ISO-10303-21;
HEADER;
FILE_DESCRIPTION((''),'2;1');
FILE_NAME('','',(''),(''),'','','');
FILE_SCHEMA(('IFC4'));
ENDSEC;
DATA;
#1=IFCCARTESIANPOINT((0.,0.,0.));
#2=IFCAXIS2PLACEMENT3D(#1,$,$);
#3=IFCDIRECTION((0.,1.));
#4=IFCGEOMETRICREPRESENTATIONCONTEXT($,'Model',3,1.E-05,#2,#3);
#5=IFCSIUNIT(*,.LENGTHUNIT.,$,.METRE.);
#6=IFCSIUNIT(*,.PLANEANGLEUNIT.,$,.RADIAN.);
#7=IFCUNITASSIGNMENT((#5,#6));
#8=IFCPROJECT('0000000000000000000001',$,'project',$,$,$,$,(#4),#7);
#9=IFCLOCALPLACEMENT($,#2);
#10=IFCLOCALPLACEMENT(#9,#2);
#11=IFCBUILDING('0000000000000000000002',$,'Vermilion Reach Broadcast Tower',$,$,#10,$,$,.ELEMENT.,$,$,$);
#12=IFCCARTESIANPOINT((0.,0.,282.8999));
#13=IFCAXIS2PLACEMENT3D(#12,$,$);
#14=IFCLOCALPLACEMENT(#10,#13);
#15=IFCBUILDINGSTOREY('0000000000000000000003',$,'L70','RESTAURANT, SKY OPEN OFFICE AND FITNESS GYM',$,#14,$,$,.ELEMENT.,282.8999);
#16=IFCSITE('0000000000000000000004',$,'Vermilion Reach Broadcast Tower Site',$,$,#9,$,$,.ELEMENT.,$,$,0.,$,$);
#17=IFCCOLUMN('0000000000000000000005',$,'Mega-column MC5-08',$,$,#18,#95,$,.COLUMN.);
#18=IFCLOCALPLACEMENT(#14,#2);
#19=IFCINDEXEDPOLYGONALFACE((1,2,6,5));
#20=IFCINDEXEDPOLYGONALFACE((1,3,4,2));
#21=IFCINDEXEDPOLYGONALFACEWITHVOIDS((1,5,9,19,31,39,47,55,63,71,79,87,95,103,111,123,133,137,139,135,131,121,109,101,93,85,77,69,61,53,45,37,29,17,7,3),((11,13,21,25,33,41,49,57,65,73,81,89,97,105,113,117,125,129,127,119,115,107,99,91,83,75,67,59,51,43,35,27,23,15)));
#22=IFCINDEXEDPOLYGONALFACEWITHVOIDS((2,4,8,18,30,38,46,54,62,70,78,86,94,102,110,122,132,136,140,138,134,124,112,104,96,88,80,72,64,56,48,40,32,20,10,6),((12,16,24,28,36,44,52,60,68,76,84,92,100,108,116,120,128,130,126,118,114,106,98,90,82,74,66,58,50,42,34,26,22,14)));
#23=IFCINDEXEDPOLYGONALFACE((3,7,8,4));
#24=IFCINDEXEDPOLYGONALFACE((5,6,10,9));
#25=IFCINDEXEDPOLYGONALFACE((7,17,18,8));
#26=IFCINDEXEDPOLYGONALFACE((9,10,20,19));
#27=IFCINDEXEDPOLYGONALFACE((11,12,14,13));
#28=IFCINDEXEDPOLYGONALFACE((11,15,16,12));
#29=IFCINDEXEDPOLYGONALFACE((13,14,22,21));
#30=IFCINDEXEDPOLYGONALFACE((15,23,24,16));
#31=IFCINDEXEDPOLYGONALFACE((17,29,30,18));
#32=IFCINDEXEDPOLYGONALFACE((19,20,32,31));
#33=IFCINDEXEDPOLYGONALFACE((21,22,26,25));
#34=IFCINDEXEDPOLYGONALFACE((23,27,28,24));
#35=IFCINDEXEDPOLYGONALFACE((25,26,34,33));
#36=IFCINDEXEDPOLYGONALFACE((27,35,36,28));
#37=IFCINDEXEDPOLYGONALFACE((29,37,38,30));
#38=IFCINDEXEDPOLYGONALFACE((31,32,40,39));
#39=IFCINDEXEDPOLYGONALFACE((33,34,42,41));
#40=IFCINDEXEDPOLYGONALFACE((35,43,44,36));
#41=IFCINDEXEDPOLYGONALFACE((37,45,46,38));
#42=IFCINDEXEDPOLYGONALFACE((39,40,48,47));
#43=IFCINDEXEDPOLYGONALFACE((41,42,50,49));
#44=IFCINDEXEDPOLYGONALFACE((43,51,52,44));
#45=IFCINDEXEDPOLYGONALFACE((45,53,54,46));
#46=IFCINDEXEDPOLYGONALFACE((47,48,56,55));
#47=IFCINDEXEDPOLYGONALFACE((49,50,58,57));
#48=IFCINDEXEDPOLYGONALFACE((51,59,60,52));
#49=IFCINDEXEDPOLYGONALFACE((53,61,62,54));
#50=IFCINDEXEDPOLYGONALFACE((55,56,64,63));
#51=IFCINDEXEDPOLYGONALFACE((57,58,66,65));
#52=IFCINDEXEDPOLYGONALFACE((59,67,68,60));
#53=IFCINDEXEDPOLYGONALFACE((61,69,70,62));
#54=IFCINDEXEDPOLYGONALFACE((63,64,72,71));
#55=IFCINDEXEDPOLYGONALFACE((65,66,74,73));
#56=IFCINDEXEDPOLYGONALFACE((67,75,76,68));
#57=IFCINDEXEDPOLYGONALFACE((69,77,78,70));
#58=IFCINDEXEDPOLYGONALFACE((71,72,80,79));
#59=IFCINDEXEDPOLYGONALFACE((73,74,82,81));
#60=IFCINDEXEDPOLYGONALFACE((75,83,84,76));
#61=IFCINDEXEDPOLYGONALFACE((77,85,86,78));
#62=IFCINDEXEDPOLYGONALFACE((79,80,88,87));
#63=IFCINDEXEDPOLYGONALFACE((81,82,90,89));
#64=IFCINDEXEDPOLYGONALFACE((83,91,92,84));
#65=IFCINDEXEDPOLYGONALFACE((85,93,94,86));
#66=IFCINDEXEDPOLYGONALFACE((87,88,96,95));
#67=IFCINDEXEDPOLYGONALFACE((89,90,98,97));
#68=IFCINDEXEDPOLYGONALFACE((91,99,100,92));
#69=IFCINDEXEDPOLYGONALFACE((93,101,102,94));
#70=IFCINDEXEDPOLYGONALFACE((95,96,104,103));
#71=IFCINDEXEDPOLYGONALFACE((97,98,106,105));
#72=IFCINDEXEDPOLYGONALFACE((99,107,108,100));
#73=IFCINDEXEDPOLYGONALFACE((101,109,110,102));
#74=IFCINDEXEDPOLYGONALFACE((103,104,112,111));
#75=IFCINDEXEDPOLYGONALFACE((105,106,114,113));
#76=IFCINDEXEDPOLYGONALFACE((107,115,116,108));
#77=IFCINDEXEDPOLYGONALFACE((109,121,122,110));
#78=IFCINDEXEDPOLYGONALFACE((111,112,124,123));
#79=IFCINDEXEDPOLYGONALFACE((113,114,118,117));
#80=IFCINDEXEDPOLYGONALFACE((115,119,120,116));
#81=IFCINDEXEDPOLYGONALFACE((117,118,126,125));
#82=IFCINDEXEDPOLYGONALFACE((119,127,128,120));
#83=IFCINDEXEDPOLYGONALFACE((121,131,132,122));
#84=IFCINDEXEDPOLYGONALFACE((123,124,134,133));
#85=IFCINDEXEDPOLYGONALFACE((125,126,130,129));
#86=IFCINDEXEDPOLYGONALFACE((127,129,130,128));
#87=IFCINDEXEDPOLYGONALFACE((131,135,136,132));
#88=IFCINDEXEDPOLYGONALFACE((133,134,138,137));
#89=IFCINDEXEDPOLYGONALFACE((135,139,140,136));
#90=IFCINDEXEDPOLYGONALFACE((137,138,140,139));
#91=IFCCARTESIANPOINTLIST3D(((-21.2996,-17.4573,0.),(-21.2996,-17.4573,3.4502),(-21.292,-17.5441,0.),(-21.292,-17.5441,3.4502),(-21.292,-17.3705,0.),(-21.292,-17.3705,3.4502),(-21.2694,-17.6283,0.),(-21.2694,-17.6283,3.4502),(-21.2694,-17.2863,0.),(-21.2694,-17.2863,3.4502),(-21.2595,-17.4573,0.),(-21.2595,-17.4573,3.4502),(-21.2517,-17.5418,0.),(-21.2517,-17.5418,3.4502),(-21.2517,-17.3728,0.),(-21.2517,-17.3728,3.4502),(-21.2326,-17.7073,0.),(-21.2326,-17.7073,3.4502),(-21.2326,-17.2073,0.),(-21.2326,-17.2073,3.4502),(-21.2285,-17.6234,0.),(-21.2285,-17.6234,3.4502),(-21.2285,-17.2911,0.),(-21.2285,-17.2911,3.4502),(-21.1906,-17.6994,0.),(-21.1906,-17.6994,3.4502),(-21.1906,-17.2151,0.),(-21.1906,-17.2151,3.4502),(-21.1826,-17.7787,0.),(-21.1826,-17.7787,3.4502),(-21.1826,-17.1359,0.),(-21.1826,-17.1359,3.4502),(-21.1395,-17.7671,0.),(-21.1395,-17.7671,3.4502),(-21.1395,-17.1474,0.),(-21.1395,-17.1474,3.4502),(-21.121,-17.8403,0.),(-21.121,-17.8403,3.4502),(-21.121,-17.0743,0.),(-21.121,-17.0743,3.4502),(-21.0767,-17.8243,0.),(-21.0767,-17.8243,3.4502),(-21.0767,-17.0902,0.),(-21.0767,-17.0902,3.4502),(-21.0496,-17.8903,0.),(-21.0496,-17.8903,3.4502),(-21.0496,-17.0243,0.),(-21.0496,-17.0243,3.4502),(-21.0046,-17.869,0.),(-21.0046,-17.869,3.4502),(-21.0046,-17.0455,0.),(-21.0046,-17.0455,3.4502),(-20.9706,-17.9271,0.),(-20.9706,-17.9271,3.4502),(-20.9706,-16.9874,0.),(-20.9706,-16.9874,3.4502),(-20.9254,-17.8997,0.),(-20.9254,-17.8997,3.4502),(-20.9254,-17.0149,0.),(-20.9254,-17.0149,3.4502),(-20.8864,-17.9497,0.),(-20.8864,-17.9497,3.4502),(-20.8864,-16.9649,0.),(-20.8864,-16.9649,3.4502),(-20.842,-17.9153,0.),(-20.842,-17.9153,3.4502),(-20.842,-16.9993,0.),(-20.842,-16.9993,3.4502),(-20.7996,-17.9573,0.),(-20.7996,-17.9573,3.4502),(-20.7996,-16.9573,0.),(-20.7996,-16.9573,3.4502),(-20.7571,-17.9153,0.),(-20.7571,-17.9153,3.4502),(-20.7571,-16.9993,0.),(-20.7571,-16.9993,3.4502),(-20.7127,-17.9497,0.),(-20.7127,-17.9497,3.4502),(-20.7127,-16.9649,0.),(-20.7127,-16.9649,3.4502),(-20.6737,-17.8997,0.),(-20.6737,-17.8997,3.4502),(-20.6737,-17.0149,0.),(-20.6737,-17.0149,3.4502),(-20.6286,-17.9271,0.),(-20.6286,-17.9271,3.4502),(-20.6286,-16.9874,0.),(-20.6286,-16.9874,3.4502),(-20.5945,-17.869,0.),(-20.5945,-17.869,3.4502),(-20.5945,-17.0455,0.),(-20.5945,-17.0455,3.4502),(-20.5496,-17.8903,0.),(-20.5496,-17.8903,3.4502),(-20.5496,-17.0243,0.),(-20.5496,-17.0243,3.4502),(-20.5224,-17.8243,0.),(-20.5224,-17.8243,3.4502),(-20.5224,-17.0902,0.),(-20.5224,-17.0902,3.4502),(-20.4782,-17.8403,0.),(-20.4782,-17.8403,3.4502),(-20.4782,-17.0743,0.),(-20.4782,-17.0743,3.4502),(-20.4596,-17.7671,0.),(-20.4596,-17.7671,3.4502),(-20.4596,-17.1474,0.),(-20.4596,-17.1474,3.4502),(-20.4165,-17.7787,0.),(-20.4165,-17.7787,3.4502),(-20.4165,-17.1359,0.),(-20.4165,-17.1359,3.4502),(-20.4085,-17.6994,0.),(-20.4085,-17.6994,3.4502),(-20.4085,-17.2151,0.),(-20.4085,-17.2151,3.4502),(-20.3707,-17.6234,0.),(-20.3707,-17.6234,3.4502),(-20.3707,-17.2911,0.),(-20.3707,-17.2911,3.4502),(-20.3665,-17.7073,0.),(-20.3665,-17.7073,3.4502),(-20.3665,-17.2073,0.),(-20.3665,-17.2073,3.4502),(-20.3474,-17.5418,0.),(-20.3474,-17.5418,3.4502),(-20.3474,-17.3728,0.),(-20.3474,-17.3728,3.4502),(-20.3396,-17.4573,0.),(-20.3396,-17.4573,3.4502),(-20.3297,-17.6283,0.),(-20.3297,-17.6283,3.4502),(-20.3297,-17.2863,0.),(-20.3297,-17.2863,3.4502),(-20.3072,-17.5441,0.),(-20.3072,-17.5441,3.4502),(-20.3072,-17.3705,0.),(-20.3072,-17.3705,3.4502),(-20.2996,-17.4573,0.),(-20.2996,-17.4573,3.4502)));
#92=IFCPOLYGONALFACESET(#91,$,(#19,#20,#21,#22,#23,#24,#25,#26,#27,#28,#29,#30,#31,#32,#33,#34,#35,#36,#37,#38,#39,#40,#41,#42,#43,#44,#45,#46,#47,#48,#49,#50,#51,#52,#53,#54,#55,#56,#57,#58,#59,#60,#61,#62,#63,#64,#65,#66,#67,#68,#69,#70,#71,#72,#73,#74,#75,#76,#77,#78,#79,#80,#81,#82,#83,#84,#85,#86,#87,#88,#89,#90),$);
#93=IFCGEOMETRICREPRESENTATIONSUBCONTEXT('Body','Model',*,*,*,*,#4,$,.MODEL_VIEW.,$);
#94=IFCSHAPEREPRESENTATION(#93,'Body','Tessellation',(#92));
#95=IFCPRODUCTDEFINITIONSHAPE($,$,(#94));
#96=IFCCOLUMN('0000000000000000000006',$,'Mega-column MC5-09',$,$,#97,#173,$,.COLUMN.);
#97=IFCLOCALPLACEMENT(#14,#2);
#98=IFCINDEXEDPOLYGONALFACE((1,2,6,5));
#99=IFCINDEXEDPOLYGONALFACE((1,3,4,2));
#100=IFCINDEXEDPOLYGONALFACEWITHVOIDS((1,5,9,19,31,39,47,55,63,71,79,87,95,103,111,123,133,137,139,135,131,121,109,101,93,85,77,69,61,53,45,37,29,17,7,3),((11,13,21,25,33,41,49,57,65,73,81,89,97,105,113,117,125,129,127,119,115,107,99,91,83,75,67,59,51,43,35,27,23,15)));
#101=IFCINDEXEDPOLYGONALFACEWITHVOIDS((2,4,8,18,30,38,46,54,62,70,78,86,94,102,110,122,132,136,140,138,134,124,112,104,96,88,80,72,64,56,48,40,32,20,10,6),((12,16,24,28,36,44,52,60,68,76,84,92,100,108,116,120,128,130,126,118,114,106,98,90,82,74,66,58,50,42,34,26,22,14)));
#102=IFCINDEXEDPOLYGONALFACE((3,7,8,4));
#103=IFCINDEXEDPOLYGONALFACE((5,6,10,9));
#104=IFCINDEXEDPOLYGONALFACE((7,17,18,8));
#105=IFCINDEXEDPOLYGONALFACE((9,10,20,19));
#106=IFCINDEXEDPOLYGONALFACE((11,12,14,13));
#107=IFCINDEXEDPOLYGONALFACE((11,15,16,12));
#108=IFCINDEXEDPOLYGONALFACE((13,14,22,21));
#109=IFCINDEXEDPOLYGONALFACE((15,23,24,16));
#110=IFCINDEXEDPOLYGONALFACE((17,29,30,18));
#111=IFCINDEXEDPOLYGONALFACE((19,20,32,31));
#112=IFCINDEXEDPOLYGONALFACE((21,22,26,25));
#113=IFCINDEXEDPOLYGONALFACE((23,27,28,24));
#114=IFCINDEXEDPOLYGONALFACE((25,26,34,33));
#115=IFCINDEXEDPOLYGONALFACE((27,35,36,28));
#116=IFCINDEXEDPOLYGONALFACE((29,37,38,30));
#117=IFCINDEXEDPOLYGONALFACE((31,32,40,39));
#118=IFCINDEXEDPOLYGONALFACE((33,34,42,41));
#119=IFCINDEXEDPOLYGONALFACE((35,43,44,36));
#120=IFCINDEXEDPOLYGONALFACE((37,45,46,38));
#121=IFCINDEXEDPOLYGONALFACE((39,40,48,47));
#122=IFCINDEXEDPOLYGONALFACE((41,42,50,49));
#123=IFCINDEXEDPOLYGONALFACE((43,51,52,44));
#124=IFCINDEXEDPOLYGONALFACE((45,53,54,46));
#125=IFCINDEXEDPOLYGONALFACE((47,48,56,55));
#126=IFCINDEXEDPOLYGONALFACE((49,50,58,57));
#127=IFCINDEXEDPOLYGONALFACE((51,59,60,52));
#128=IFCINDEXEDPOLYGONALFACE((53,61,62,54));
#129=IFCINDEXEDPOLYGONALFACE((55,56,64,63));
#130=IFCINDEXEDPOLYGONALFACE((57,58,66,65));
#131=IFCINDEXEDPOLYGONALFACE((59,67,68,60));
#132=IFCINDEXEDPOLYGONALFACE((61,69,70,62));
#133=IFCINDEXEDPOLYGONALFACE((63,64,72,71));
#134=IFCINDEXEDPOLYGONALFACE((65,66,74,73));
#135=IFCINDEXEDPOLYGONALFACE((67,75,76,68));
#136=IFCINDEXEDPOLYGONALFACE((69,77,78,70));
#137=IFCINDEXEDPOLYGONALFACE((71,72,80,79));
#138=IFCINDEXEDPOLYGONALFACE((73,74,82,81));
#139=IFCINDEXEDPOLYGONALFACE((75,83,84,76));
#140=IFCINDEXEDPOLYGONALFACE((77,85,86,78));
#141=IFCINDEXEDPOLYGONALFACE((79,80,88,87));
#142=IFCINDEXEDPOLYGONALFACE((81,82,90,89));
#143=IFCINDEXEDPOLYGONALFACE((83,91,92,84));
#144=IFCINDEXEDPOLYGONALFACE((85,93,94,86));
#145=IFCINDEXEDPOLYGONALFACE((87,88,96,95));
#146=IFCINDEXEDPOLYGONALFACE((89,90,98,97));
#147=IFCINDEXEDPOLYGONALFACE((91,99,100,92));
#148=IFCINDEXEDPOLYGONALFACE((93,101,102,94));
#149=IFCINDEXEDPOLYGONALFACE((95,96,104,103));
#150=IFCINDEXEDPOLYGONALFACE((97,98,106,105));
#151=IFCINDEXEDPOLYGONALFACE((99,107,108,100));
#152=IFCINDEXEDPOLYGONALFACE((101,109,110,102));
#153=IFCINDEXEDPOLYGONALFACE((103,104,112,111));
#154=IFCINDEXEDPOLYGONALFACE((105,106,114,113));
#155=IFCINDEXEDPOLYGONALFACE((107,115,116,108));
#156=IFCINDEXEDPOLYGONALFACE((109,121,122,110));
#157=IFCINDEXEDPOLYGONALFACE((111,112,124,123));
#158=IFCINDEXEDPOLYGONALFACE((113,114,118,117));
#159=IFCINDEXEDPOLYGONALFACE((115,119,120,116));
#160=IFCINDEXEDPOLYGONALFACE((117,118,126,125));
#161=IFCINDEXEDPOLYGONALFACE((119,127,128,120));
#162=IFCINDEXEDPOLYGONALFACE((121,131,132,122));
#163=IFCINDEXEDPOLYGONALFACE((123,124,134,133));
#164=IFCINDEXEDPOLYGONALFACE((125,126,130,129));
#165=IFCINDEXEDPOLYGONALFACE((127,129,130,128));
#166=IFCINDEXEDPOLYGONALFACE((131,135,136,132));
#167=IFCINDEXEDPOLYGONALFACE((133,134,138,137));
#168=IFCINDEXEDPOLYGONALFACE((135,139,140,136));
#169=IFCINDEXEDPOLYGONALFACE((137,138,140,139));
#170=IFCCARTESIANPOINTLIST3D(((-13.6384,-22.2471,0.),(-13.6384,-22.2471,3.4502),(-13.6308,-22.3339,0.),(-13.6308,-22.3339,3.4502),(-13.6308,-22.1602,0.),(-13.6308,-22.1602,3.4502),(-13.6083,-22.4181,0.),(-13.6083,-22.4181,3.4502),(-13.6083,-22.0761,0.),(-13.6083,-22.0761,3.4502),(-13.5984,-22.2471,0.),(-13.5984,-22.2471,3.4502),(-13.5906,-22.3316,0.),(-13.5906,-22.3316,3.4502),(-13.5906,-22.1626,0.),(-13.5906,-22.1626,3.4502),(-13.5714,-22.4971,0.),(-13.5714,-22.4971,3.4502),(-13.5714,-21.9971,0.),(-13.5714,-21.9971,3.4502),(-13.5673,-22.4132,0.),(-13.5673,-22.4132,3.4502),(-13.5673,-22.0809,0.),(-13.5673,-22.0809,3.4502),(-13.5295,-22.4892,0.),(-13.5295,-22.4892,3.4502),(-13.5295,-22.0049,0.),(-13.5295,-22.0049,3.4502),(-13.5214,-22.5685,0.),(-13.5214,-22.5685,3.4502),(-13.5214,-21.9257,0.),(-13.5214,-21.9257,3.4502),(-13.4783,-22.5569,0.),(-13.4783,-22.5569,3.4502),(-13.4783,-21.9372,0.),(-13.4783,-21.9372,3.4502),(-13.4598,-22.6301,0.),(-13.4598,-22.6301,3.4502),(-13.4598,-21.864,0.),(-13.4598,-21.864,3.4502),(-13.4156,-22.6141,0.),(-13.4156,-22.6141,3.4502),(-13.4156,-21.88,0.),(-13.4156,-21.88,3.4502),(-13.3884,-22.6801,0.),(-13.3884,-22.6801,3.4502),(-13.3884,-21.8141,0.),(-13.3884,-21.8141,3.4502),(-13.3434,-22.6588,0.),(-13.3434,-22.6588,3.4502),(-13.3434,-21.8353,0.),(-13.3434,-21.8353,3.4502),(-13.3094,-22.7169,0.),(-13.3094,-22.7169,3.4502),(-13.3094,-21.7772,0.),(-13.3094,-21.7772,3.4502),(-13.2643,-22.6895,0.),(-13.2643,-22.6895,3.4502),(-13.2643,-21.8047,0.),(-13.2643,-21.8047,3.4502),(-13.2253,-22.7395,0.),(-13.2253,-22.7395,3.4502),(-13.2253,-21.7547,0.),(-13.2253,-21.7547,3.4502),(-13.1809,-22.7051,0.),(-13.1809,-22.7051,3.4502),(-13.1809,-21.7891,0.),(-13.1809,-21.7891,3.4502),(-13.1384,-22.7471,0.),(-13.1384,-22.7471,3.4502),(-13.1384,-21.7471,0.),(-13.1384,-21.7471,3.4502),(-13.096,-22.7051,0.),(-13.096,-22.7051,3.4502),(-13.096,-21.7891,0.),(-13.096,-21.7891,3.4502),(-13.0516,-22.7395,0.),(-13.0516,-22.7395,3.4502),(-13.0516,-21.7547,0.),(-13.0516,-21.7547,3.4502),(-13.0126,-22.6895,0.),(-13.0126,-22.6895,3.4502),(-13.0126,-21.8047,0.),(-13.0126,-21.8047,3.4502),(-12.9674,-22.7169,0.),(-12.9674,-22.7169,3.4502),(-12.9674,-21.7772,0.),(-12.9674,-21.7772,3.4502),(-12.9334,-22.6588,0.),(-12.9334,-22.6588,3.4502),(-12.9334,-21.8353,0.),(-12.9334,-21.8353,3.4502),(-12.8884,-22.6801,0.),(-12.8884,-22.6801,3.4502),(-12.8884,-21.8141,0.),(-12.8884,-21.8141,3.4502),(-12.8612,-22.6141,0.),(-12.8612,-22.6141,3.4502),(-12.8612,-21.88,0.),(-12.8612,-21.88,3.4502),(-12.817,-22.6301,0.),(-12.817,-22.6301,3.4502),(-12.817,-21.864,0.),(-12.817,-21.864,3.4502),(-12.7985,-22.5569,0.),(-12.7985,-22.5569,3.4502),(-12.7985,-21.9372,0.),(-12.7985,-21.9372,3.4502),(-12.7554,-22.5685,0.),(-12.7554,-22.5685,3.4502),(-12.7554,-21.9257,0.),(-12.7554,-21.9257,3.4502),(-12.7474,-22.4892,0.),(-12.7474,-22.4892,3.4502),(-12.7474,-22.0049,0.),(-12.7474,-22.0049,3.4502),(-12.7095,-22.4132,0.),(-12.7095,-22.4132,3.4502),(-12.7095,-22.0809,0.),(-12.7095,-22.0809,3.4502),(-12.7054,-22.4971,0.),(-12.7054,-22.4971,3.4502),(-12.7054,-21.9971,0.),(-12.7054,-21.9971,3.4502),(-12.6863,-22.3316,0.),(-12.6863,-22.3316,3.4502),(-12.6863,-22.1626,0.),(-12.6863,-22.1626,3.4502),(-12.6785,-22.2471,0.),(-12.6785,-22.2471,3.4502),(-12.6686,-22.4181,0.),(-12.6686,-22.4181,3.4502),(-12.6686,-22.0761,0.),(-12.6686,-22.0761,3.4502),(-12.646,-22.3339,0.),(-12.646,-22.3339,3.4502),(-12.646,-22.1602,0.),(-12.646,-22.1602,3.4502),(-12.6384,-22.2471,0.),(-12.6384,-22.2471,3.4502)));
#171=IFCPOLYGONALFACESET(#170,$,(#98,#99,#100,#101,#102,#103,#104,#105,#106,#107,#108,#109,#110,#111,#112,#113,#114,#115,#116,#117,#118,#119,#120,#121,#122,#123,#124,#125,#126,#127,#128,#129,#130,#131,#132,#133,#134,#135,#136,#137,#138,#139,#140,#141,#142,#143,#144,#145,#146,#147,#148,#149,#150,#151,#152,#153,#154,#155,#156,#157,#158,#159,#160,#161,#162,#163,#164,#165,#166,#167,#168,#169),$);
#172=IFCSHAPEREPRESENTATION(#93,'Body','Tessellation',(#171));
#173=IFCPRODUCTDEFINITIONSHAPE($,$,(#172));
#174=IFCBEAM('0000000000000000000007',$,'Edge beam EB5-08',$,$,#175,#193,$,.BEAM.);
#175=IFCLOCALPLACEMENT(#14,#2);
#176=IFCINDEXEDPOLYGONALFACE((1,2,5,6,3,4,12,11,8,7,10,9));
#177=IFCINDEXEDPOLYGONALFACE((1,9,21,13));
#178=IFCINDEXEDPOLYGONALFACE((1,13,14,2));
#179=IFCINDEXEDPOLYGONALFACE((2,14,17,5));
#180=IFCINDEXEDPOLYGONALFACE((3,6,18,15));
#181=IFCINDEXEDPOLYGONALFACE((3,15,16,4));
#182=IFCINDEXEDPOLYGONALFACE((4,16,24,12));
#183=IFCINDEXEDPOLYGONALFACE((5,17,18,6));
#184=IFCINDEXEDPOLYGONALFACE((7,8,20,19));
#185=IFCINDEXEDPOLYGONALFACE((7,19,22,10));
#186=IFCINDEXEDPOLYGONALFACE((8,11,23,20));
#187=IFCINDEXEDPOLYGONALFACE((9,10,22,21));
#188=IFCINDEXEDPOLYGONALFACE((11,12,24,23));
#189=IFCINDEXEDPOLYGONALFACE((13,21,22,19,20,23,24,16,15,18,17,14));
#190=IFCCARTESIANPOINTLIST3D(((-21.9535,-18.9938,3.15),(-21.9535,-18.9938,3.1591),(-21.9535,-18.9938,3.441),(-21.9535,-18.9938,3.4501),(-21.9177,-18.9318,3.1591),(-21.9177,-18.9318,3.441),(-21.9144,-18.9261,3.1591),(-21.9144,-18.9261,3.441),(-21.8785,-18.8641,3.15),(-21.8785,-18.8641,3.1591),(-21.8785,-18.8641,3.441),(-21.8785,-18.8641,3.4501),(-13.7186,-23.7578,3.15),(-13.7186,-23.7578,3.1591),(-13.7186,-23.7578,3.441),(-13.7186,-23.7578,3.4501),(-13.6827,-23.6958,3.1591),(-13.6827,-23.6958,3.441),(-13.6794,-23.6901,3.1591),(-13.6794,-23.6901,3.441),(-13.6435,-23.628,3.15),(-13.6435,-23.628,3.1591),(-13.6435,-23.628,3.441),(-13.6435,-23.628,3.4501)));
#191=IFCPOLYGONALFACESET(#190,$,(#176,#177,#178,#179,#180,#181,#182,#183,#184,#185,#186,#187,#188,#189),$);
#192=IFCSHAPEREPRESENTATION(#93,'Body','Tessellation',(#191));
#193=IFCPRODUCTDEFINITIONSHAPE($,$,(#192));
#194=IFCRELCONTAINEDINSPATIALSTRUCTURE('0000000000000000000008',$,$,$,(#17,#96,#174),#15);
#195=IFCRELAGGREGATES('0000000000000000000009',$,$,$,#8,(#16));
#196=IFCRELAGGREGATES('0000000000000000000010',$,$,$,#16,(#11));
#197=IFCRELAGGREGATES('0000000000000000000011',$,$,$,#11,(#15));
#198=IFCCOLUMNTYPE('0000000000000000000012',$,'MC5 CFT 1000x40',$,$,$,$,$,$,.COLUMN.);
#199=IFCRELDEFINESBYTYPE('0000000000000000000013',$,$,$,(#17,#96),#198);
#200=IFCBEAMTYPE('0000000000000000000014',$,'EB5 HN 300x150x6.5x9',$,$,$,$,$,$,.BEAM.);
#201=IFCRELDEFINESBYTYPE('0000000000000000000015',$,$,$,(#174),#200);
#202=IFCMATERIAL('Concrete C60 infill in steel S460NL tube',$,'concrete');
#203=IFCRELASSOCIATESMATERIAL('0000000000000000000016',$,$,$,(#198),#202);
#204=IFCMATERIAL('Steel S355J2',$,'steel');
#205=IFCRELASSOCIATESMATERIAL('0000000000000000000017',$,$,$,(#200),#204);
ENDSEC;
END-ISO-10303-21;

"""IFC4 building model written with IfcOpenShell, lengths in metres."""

from ifc_helpers import new_model, si_unit, direction, frame, origin, origin_2d, place, context, subcontext, project, spatial, hollow_circle, i_section, extrude, material, material_profile, profile_set, type_object, element, save


model = new_model("IFC4")

# Units and contexts
model_context = context("Model", 3, precision=1e-05, world=origin(), true_north=direction((0.0, 1.0)))
body_context = subcontext(model_context, "Body", "Model", "MODEL_VIEW")
ifc_project = project(units=[si_unit("LENGTHUNIT", "METRE"), si_unit("PLANEANGLEUNIT", "RADIAN")], contexts=[model_context])

# Site, building, storey
site_placement = place(None, origin())
site = spatial("IfcSite", under=ifc_project, at=site_placement, Name="Vermilion Reach Broadcast Tower Site", CompositionType="ELEMENT", RefElevation=0.0)
building_placement = place(site_placement, origin())
building = spatial("IfcBuilding", under=site, at=building_placement, Name="Vermilion Reach Broadcast Tower", CompositionType="ELEMENT")
storey_placement = place(building_placement, frame((0.0, 0.0, 282.8999)))
storey = spatial("IfcBuildingStorey", under=building, at=storey_placement, Name="L70", Description="RESTAURANT, SKY OPEN OFFICE AND FITNESS GYM", CompositionType="ELEMENT", Elevation=282.8999)

# Columns
ifc_material_1 = material(Name="Concrete C60 infill in steel S460NL tube", Category="concrete")
ifc_material_profile_1 = material_profile(ifc_material_1, hollow_circle(Radius=0.5, WallThickness=0.04, at=origin_2d()), Name="Concrete C60 infill in steel S460NL tube CFT 1000x40")
ifc_profile_set_1 = profile_set([ifc_material_profile_1], Name="Concrete C60 infill in steel S460NL tube")
column_type = type_object("IfcColumnType", Name="MC5 CFT 1000x40", PredefinedType="COLUMN", material=ifc_profile_set_1)
for number, where, z_axis, x_axis, name in (
    (1, (-20.7996, -17.4573, 0.0), (0.0, 0.0, 1.0), (1.0, 0.0, 0.0), "Mega-column MC5-08"),
    (2, (-13.1384, -22.2471, 0.0), (0.0, 0.0, 1.0), (1.0, 0.0, 0.0), "Mega-column MC5-09"),
):
    element("IfcColumn", number, at=place(storey_placement, frame(where, z_axis=z_axis, x_axis=x_axis)), inside=storey, type_object=column_type, Name=name, PredefinedType="COLUMN", context=body_context, shape_type="SweptSolid", body=[
        extrude(hollow_circle(Radius=0.5, WallThickness=0.04, at=origin_2d()), origin(), (0.0, 0.0, 1.0), 3.4502),
    ])

# Beam
ifc_material_2 = material(Name="Steel S355J2", Category="steel")
ifc_material_profile_2 = material_profile(ifc_material_2, i_section(OverallWidth=0.1499, OverallDepth=0.3, WebThickness=0.0066, FlangeThickness=0.009, at=origin_2d()), Name="S355J2 HN 300x150x6.5x9")
ifc_profile_set_2 = profile_set([ifc_material_profile_2], Name="Steel S355J2")
beam_type_1 = type_object("IfcBeamType", Name="EB5 HN 300x150x6.5x9", PredefinedType="BEAM", material=ifc_profile_set_2)
beam_1_placement = place(storey_placement, frame((-21.916, -18.929, 3.3), z_axis=(0.865592, -0.50075, 0.0), x_axis=(0.50075, 0.865592, 0.0)))
element("IfcBeam", 3, at=beam_1_placement, inside=storey, type_object=beam_type_1, Name="Edge beam EB5-08", PredefinedType="BEAM", context=body_context, shape_type="SweptSolid", body=[
    extrude(i_section(OverallWidth=0.1499, OverallDepth=0.3, WebThickness=0.0066, FlangeThickness=0.009, at=origin_2d()), origin(), (0.0, 0.0, 1.0), 9.5137),
])

save(model, "model.ifc")
